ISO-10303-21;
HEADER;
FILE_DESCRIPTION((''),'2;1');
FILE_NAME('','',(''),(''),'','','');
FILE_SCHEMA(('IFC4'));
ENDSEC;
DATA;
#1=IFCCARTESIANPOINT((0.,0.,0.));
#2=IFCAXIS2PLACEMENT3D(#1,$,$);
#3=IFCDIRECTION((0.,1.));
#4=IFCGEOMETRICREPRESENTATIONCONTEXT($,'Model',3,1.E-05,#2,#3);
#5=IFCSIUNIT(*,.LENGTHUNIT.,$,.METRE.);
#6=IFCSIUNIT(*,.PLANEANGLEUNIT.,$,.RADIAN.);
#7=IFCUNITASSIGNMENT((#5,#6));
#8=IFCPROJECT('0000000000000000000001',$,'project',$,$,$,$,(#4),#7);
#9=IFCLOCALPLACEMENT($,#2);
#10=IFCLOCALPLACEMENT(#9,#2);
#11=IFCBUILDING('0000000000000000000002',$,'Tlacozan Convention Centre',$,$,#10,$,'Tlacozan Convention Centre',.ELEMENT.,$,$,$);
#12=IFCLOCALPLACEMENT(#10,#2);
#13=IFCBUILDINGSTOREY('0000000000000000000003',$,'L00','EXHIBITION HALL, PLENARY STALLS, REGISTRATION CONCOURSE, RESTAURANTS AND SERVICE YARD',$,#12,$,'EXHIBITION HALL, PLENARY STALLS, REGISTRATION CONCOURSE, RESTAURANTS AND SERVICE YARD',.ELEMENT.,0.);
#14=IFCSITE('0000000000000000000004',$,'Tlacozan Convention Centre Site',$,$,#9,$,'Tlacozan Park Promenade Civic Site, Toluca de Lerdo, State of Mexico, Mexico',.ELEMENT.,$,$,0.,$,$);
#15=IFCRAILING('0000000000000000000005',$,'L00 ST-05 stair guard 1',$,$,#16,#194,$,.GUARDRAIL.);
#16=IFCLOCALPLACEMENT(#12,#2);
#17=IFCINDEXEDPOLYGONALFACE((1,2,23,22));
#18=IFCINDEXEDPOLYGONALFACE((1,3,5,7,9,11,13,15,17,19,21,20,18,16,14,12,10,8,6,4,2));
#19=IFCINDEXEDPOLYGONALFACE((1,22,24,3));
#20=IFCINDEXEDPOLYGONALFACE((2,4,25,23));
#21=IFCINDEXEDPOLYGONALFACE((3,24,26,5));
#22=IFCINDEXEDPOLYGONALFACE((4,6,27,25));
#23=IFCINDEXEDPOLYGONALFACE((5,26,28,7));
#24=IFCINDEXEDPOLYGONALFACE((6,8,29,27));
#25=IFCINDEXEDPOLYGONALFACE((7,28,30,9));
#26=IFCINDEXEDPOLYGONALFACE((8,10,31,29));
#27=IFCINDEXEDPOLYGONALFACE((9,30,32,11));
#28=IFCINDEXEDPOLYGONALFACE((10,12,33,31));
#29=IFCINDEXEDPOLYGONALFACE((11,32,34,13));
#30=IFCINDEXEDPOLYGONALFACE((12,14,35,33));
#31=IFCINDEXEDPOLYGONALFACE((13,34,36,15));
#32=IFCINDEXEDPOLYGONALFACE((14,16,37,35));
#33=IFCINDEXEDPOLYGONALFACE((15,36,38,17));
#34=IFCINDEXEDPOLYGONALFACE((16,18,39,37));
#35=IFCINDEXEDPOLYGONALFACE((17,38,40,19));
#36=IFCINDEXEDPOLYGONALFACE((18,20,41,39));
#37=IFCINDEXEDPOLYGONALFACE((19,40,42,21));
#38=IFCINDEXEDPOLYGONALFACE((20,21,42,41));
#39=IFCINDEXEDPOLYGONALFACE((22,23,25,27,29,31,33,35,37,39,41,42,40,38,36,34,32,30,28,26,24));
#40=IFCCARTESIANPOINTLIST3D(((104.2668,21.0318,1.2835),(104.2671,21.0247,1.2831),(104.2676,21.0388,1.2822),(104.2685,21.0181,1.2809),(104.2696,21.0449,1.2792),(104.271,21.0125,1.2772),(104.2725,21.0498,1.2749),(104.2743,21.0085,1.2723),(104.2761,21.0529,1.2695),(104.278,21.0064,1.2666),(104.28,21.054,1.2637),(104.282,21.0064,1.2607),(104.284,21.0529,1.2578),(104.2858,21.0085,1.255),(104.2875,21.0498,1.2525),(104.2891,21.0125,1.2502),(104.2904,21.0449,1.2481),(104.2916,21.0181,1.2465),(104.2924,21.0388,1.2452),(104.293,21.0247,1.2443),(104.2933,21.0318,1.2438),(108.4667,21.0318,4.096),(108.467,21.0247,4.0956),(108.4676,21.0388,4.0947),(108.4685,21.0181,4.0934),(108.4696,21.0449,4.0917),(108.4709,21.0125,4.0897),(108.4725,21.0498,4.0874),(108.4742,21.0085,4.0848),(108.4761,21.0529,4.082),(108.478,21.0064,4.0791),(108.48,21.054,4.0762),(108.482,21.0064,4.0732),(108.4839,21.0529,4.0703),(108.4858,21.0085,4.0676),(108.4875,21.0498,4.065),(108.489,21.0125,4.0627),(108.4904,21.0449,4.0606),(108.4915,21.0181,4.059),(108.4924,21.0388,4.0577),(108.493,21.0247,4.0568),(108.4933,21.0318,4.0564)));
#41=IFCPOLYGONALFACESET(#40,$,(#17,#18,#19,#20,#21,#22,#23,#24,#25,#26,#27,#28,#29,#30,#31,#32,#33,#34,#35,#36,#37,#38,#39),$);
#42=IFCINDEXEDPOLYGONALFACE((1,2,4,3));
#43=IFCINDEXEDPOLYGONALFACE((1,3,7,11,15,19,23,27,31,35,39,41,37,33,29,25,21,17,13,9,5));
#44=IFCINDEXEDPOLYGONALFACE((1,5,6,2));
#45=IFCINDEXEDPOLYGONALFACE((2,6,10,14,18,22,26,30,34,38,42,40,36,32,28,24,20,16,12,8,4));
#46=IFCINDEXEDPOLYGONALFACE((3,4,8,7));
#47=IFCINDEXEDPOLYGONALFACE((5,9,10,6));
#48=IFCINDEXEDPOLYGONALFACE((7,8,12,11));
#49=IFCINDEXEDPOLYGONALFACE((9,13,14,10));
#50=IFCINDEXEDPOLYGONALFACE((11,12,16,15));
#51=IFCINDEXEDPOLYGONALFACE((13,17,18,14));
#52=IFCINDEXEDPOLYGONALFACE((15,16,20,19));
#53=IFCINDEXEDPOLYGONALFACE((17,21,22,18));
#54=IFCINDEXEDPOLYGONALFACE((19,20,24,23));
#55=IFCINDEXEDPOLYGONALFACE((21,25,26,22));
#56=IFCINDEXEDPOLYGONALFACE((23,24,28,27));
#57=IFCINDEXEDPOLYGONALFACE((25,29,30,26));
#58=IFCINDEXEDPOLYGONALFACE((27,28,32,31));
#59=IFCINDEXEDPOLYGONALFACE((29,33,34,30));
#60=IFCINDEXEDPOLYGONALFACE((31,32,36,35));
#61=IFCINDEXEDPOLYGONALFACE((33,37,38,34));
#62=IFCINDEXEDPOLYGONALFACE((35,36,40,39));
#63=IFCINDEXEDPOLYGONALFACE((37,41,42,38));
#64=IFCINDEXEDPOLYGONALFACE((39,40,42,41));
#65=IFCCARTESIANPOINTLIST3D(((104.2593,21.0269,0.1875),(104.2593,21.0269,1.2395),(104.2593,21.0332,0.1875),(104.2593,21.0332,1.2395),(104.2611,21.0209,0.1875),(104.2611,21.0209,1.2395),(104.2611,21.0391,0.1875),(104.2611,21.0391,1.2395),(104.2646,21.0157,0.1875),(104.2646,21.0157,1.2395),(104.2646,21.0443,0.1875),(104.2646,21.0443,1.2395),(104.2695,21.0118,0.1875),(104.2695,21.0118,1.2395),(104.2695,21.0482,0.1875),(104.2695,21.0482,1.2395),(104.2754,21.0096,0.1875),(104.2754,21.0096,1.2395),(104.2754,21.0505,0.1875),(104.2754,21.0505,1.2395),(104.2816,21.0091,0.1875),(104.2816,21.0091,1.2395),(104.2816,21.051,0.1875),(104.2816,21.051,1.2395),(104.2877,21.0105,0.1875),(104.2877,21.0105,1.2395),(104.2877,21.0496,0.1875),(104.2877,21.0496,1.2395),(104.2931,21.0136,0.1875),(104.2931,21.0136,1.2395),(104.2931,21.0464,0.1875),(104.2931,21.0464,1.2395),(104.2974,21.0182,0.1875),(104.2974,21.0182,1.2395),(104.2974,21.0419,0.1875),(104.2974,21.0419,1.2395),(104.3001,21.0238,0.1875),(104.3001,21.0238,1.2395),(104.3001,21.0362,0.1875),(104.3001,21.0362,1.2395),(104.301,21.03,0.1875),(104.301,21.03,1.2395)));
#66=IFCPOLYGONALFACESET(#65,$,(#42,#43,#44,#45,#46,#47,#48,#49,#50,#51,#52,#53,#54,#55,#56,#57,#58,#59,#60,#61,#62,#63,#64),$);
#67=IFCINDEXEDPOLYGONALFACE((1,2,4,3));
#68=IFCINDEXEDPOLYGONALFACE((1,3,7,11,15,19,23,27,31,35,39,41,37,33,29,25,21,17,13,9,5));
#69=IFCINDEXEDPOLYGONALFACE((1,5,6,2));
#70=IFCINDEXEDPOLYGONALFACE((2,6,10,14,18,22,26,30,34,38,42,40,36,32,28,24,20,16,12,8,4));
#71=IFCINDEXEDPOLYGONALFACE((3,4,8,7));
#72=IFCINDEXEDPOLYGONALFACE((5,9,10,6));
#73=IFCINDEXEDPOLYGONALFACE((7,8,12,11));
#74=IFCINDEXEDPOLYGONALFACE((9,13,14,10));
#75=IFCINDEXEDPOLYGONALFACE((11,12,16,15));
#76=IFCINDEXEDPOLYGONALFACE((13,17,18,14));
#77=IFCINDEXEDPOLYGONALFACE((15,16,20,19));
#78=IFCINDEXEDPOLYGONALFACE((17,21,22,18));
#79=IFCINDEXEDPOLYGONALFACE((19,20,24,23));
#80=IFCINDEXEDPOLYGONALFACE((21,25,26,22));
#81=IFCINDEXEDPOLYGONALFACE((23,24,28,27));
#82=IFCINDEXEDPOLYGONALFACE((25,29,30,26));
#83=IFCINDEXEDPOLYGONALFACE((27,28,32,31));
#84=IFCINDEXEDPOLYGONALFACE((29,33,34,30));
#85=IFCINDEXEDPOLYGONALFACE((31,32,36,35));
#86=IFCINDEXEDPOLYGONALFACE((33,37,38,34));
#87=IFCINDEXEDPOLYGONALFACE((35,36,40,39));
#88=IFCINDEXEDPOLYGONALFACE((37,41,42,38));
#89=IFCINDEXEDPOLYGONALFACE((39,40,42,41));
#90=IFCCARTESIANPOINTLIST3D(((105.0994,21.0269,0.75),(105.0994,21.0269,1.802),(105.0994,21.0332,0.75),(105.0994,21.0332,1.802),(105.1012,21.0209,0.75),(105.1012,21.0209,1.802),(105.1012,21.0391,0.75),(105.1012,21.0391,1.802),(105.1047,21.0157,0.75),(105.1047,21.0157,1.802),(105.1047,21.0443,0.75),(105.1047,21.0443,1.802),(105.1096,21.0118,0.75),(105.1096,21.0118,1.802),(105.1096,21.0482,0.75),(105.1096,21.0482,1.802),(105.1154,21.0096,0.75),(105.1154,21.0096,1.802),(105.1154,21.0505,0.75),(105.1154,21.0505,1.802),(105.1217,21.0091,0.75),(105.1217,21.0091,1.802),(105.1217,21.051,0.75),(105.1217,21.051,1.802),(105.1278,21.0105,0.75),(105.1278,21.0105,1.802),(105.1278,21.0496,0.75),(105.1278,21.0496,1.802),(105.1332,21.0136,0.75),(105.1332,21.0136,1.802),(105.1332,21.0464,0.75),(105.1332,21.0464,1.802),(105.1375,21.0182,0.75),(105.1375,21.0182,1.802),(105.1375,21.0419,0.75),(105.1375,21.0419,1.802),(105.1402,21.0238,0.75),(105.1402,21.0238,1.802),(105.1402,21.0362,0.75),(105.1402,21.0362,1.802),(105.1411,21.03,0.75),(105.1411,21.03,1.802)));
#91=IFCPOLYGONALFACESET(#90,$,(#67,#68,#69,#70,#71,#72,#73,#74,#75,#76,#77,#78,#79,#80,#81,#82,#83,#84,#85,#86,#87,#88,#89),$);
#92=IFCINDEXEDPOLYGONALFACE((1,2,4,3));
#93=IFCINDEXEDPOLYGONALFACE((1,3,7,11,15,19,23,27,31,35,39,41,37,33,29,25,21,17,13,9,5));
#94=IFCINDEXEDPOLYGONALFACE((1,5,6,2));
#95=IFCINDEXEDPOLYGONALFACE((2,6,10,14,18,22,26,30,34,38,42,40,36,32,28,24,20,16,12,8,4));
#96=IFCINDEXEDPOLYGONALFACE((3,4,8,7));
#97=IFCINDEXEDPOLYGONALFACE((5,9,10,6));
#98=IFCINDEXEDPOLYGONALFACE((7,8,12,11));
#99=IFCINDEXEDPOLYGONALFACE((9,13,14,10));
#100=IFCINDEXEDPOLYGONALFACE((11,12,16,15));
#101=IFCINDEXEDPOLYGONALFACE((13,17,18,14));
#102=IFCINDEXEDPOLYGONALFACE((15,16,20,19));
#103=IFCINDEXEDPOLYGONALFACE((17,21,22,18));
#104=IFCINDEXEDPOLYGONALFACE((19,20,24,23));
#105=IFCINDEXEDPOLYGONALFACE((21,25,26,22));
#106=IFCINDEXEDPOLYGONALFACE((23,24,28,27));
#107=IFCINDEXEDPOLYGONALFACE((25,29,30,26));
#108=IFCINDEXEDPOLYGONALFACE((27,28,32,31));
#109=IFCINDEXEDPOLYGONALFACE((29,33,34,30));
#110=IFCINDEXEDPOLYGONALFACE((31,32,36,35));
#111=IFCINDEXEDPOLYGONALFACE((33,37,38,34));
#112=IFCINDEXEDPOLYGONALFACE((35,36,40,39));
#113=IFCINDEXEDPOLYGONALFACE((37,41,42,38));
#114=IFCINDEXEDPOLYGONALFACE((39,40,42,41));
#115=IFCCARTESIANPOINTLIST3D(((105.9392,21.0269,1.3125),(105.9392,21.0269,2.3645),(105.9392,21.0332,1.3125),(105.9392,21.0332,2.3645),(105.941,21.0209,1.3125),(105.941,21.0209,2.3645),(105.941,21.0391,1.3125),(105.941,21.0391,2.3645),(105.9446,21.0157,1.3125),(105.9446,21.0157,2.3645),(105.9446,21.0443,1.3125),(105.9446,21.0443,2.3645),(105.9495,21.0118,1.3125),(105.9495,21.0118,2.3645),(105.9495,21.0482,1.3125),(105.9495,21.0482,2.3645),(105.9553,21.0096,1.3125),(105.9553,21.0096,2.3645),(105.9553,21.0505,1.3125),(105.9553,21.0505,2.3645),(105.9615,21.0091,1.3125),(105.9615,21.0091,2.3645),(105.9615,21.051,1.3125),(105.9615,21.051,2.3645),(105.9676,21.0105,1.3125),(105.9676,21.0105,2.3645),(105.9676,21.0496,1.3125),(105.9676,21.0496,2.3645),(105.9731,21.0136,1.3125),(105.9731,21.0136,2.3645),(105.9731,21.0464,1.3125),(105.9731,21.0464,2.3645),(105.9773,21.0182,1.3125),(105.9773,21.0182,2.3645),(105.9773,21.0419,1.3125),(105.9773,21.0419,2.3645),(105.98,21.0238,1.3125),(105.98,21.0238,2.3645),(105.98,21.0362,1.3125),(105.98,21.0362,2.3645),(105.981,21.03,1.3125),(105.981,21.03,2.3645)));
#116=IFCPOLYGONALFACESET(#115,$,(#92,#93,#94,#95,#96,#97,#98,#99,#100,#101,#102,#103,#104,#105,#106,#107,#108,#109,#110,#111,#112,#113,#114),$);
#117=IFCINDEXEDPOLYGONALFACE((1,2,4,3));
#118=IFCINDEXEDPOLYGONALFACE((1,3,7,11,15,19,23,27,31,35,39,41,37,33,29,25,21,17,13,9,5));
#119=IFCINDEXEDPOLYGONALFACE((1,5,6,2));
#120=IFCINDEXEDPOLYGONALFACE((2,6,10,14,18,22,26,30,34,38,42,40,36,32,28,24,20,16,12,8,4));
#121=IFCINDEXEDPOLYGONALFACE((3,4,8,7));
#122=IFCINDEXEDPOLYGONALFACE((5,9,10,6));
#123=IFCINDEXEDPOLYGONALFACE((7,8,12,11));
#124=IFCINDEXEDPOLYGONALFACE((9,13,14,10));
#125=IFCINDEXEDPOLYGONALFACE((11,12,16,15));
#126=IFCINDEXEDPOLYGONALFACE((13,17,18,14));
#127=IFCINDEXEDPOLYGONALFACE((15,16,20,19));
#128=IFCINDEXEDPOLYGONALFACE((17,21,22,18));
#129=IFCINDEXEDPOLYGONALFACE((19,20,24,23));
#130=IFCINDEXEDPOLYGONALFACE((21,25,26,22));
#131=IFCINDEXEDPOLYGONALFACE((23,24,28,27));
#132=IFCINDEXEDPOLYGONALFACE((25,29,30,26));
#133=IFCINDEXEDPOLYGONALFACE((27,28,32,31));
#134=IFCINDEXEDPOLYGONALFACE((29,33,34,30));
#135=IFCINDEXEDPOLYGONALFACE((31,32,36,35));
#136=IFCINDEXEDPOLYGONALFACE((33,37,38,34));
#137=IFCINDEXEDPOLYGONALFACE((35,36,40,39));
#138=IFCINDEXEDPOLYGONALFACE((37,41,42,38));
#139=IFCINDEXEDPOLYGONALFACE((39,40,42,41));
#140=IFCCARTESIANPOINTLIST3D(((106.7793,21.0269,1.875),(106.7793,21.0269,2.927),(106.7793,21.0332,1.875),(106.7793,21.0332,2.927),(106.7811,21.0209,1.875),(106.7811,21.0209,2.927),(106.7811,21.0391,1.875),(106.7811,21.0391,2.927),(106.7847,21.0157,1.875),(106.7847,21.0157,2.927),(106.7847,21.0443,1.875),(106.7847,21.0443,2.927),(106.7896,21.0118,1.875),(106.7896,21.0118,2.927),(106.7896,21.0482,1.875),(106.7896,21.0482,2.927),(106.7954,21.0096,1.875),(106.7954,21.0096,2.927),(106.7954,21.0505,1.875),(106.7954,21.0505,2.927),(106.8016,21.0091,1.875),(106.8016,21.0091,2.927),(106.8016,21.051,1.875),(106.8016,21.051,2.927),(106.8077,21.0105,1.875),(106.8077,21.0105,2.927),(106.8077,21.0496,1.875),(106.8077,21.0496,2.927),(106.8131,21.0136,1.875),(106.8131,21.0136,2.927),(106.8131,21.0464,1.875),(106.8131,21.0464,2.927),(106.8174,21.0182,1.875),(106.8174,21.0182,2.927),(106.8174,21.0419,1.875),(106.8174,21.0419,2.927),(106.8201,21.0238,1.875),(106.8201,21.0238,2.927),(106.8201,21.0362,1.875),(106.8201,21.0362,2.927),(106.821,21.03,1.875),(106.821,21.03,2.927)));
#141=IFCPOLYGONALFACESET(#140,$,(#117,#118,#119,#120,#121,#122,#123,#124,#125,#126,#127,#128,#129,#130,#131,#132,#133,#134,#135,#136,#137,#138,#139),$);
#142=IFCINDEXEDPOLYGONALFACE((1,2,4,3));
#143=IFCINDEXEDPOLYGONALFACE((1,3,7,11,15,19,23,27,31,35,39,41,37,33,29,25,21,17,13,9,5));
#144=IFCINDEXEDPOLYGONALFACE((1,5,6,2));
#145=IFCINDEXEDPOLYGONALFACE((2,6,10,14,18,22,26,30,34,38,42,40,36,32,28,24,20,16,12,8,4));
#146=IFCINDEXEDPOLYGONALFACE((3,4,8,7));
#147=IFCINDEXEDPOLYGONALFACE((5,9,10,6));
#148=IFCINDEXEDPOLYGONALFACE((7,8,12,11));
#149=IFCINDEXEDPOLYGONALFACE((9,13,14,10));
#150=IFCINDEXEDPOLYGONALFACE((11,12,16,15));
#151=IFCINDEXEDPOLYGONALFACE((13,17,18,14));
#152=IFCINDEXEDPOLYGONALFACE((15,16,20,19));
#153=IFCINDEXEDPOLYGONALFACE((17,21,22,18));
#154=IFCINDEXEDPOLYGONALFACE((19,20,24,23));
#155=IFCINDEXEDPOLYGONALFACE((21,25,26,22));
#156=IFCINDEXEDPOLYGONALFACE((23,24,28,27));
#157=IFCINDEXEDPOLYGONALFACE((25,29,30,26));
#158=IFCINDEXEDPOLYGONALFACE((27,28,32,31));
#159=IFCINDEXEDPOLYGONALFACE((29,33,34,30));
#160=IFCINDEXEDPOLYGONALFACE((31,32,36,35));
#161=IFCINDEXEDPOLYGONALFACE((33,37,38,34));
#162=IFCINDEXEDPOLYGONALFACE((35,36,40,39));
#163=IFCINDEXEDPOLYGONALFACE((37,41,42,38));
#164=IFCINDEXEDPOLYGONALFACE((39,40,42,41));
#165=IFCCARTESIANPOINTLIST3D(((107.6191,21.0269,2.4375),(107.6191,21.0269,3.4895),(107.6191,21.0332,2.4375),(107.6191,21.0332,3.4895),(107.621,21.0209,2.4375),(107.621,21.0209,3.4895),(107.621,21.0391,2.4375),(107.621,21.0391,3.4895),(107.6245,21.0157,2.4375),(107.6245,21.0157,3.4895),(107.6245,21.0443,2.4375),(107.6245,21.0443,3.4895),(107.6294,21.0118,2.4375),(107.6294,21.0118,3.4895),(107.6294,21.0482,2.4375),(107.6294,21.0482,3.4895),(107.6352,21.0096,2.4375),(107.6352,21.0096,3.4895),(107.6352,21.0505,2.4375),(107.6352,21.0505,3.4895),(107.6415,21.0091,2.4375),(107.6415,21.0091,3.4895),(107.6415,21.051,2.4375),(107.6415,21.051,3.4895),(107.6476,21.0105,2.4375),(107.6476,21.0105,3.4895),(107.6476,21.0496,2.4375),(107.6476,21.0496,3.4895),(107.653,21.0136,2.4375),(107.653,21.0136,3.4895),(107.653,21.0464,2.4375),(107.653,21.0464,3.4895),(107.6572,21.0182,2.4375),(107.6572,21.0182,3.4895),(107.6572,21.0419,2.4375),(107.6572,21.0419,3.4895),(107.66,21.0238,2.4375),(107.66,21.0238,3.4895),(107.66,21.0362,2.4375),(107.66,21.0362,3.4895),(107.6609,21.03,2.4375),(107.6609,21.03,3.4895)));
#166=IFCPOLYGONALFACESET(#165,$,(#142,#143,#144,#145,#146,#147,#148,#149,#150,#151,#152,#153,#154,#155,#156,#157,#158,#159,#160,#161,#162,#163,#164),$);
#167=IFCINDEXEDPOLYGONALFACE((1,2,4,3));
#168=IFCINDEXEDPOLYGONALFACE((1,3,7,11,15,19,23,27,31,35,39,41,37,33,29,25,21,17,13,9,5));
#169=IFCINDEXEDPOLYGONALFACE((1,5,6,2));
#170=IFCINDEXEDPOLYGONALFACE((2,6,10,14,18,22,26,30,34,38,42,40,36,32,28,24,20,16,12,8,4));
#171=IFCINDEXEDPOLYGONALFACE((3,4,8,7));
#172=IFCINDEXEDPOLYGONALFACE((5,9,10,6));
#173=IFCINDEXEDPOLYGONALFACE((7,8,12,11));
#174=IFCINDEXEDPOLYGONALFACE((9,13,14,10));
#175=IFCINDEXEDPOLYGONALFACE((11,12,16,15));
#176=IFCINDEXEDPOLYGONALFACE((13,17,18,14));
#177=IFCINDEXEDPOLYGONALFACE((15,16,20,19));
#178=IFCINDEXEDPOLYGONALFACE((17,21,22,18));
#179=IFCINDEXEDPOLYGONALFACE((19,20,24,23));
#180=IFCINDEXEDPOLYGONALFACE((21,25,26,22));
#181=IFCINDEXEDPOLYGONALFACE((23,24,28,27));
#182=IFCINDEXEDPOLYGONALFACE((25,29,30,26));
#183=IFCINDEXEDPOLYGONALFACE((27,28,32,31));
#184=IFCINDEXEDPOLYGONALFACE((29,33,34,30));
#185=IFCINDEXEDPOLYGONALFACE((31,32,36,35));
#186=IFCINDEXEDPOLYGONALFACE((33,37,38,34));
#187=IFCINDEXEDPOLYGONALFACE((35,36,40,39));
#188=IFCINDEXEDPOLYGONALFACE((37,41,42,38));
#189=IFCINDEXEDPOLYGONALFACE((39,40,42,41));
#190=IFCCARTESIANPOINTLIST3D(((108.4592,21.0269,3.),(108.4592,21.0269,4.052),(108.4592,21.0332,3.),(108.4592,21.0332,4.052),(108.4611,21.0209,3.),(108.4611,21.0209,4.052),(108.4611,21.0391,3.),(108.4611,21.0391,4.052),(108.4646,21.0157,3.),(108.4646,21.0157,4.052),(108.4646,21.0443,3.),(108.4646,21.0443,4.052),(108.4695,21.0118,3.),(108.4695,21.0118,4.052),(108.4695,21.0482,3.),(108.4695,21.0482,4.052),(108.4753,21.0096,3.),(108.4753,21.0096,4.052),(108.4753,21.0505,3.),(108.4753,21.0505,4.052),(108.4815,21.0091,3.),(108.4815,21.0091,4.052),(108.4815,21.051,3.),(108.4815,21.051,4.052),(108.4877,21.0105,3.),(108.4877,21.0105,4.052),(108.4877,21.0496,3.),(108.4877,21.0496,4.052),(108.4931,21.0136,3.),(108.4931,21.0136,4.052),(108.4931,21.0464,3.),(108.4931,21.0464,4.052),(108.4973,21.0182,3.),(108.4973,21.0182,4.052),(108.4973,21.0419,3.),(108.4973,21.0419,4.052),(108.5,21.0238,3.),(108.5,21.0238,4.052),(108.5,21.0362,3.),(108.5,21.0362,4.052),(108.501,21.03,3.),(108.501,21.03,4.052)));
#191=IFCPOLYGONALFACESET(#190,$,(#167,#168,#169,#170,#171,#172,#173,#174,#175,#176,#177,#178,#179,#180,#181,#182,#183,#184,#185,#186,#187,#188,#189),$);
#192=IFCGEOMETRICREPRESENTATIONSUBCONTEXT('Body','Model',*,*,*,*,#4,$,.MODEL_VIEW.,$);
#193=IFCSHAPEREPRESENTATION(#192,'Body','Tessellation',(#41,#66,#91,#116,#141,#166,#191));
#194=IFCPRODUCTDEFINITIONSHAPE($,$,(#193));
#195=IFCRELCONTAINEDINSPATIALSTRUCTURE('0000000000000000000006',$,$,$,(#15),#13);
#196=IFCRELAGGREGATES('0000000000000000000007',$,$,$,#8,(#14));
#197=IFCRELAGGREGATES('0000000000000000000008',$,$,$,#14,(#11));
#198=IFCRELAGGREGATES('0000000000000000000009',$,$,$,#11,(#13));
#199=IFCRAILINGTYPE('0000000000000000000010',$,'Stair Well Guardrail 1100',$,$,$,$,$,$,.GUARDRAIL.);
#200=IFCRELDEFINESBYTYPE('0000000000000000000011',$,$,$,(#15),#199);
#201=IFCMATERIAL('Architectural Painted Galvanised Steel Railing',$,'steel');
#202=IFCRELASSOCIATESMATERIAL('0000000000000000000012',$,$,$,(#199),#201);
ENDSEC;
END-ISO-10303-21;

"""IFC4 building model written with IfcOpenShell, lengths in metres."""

from ifc_helpers import new_model, si_unit, direction, frame, origin, origin_2d, place, context, subcontext, project, spatial, circle, extrude, material, type_object, element, save


model = new_model("IFC4")

# Units and contexts
model_context = context("Model", 3, precision=1e-05, world=origin(), true_north=direction((0.0, 1.0)))
body_context = subcontext(model_context, "Body", "Model", "MODEL_VIEW")
ifc_project = project(units=[si_unit("LENGTHUNIT", "METRE"), si_unit("PLANEANGLEUNIT", "RADIAN")], contexts=[model_context])

# Site, building, storey
site_placement = place(None, origin())
site = spatial("IfcSite", under=ifc_project, at=site_placement, Name="Tlacozan Convention Centre Site", LongName="Tlacozan Park Promenade Civic Site, Toluca de Lerdo, State of Mexico, Mexico", CompositionType="ELEMENT", RefElevation=0.0)
building_placement = place(site_placement, origin())
building = spatial("IfcBuilding", under=site, at=building_placement, Name="Tlacozan Convention Centre", LongName="Tlacozan Convention Centre", CompositionType="ELEMENT")
storey_placement = place(building_placement, origin())
storey = spatial("IfcBuildingStorey", under=building, at=storey_placement, Name="L00", Description="EXHIBITION HALL, PLENARY STALLS, REGISTRATION CONCOURSE, RESTAURANTS AND SERVICE YARD", LongName="EXHIBITION HALL, PLENARY STALLS, REGISTRATION CONCOURSE, RESTAURANTS AND SERVICE YARD", CompositionType="ELEMENT", Elevation=0.0)

# Railing
ifc_material_1 = material(Name="Architectural Painted Galvanised Steel Railing", Category="steel")
railing_type_1 = type_object("IfcRailingType", Name="Stair Well Guardrail 1100", PredefinedType="GUARDRAIL", material=ifc_material_1)
railing_1_placement = place(storey_placement, frame((104.28, 21.03, 0.1875)))
element("IfcRailing", 1, at=railing_1_placement, inside=storey, type_object=railing_type_1, Name="L00 ST-05 stair guard 1", PredefinedType="GUARDRAIL", context=body_context, shape_type="SweptSolid", body=[
    extrude(circle(Radius=0.0239, at=origin_2d()), frame((0.0, 0.0, 1.0762), z_axis=(0.830904, 0.0, 0.556416), x_axis=(0.0, 1.0, 0.0)), (0.0, 0.0, 1.0), 5.0547),
    extrude(circle(Radius=0.021, at=origin_2d()), origin(), (0.0, 0.0, 1.0), 1.052),
    extrude(circle(Radius=0.021, at=origin_2d()), frame((0.8401, 0.0, 0.5625)), (0.0, 0.0, 1.0), 1.052),
    extrude(circle(Radius=0.021, at=origin_2d()), frame((1.6799, 0.0, 1.125)), (0.0, 0.0, 1.0), 1.052),
    extrude(circle(Radius=0.021, at=origin_2d()), frame((2.52, 0.0, 1.6875)), (0.0, 0.0, 1.0), 1.052),
    extrude(circle(Radius=0.021, at=origin_2d()), frame((3.3599, 0.0, 2.25)), (0.0, 0.0, 1.0), 1.052),
    extrude(circle(Radius=0.021, at=origin_2d()), frame((4.2, 0.0, 2.8125)), (0.0, 0.0, 1.0), 1.052),
])

save(model, "model.ifc")
